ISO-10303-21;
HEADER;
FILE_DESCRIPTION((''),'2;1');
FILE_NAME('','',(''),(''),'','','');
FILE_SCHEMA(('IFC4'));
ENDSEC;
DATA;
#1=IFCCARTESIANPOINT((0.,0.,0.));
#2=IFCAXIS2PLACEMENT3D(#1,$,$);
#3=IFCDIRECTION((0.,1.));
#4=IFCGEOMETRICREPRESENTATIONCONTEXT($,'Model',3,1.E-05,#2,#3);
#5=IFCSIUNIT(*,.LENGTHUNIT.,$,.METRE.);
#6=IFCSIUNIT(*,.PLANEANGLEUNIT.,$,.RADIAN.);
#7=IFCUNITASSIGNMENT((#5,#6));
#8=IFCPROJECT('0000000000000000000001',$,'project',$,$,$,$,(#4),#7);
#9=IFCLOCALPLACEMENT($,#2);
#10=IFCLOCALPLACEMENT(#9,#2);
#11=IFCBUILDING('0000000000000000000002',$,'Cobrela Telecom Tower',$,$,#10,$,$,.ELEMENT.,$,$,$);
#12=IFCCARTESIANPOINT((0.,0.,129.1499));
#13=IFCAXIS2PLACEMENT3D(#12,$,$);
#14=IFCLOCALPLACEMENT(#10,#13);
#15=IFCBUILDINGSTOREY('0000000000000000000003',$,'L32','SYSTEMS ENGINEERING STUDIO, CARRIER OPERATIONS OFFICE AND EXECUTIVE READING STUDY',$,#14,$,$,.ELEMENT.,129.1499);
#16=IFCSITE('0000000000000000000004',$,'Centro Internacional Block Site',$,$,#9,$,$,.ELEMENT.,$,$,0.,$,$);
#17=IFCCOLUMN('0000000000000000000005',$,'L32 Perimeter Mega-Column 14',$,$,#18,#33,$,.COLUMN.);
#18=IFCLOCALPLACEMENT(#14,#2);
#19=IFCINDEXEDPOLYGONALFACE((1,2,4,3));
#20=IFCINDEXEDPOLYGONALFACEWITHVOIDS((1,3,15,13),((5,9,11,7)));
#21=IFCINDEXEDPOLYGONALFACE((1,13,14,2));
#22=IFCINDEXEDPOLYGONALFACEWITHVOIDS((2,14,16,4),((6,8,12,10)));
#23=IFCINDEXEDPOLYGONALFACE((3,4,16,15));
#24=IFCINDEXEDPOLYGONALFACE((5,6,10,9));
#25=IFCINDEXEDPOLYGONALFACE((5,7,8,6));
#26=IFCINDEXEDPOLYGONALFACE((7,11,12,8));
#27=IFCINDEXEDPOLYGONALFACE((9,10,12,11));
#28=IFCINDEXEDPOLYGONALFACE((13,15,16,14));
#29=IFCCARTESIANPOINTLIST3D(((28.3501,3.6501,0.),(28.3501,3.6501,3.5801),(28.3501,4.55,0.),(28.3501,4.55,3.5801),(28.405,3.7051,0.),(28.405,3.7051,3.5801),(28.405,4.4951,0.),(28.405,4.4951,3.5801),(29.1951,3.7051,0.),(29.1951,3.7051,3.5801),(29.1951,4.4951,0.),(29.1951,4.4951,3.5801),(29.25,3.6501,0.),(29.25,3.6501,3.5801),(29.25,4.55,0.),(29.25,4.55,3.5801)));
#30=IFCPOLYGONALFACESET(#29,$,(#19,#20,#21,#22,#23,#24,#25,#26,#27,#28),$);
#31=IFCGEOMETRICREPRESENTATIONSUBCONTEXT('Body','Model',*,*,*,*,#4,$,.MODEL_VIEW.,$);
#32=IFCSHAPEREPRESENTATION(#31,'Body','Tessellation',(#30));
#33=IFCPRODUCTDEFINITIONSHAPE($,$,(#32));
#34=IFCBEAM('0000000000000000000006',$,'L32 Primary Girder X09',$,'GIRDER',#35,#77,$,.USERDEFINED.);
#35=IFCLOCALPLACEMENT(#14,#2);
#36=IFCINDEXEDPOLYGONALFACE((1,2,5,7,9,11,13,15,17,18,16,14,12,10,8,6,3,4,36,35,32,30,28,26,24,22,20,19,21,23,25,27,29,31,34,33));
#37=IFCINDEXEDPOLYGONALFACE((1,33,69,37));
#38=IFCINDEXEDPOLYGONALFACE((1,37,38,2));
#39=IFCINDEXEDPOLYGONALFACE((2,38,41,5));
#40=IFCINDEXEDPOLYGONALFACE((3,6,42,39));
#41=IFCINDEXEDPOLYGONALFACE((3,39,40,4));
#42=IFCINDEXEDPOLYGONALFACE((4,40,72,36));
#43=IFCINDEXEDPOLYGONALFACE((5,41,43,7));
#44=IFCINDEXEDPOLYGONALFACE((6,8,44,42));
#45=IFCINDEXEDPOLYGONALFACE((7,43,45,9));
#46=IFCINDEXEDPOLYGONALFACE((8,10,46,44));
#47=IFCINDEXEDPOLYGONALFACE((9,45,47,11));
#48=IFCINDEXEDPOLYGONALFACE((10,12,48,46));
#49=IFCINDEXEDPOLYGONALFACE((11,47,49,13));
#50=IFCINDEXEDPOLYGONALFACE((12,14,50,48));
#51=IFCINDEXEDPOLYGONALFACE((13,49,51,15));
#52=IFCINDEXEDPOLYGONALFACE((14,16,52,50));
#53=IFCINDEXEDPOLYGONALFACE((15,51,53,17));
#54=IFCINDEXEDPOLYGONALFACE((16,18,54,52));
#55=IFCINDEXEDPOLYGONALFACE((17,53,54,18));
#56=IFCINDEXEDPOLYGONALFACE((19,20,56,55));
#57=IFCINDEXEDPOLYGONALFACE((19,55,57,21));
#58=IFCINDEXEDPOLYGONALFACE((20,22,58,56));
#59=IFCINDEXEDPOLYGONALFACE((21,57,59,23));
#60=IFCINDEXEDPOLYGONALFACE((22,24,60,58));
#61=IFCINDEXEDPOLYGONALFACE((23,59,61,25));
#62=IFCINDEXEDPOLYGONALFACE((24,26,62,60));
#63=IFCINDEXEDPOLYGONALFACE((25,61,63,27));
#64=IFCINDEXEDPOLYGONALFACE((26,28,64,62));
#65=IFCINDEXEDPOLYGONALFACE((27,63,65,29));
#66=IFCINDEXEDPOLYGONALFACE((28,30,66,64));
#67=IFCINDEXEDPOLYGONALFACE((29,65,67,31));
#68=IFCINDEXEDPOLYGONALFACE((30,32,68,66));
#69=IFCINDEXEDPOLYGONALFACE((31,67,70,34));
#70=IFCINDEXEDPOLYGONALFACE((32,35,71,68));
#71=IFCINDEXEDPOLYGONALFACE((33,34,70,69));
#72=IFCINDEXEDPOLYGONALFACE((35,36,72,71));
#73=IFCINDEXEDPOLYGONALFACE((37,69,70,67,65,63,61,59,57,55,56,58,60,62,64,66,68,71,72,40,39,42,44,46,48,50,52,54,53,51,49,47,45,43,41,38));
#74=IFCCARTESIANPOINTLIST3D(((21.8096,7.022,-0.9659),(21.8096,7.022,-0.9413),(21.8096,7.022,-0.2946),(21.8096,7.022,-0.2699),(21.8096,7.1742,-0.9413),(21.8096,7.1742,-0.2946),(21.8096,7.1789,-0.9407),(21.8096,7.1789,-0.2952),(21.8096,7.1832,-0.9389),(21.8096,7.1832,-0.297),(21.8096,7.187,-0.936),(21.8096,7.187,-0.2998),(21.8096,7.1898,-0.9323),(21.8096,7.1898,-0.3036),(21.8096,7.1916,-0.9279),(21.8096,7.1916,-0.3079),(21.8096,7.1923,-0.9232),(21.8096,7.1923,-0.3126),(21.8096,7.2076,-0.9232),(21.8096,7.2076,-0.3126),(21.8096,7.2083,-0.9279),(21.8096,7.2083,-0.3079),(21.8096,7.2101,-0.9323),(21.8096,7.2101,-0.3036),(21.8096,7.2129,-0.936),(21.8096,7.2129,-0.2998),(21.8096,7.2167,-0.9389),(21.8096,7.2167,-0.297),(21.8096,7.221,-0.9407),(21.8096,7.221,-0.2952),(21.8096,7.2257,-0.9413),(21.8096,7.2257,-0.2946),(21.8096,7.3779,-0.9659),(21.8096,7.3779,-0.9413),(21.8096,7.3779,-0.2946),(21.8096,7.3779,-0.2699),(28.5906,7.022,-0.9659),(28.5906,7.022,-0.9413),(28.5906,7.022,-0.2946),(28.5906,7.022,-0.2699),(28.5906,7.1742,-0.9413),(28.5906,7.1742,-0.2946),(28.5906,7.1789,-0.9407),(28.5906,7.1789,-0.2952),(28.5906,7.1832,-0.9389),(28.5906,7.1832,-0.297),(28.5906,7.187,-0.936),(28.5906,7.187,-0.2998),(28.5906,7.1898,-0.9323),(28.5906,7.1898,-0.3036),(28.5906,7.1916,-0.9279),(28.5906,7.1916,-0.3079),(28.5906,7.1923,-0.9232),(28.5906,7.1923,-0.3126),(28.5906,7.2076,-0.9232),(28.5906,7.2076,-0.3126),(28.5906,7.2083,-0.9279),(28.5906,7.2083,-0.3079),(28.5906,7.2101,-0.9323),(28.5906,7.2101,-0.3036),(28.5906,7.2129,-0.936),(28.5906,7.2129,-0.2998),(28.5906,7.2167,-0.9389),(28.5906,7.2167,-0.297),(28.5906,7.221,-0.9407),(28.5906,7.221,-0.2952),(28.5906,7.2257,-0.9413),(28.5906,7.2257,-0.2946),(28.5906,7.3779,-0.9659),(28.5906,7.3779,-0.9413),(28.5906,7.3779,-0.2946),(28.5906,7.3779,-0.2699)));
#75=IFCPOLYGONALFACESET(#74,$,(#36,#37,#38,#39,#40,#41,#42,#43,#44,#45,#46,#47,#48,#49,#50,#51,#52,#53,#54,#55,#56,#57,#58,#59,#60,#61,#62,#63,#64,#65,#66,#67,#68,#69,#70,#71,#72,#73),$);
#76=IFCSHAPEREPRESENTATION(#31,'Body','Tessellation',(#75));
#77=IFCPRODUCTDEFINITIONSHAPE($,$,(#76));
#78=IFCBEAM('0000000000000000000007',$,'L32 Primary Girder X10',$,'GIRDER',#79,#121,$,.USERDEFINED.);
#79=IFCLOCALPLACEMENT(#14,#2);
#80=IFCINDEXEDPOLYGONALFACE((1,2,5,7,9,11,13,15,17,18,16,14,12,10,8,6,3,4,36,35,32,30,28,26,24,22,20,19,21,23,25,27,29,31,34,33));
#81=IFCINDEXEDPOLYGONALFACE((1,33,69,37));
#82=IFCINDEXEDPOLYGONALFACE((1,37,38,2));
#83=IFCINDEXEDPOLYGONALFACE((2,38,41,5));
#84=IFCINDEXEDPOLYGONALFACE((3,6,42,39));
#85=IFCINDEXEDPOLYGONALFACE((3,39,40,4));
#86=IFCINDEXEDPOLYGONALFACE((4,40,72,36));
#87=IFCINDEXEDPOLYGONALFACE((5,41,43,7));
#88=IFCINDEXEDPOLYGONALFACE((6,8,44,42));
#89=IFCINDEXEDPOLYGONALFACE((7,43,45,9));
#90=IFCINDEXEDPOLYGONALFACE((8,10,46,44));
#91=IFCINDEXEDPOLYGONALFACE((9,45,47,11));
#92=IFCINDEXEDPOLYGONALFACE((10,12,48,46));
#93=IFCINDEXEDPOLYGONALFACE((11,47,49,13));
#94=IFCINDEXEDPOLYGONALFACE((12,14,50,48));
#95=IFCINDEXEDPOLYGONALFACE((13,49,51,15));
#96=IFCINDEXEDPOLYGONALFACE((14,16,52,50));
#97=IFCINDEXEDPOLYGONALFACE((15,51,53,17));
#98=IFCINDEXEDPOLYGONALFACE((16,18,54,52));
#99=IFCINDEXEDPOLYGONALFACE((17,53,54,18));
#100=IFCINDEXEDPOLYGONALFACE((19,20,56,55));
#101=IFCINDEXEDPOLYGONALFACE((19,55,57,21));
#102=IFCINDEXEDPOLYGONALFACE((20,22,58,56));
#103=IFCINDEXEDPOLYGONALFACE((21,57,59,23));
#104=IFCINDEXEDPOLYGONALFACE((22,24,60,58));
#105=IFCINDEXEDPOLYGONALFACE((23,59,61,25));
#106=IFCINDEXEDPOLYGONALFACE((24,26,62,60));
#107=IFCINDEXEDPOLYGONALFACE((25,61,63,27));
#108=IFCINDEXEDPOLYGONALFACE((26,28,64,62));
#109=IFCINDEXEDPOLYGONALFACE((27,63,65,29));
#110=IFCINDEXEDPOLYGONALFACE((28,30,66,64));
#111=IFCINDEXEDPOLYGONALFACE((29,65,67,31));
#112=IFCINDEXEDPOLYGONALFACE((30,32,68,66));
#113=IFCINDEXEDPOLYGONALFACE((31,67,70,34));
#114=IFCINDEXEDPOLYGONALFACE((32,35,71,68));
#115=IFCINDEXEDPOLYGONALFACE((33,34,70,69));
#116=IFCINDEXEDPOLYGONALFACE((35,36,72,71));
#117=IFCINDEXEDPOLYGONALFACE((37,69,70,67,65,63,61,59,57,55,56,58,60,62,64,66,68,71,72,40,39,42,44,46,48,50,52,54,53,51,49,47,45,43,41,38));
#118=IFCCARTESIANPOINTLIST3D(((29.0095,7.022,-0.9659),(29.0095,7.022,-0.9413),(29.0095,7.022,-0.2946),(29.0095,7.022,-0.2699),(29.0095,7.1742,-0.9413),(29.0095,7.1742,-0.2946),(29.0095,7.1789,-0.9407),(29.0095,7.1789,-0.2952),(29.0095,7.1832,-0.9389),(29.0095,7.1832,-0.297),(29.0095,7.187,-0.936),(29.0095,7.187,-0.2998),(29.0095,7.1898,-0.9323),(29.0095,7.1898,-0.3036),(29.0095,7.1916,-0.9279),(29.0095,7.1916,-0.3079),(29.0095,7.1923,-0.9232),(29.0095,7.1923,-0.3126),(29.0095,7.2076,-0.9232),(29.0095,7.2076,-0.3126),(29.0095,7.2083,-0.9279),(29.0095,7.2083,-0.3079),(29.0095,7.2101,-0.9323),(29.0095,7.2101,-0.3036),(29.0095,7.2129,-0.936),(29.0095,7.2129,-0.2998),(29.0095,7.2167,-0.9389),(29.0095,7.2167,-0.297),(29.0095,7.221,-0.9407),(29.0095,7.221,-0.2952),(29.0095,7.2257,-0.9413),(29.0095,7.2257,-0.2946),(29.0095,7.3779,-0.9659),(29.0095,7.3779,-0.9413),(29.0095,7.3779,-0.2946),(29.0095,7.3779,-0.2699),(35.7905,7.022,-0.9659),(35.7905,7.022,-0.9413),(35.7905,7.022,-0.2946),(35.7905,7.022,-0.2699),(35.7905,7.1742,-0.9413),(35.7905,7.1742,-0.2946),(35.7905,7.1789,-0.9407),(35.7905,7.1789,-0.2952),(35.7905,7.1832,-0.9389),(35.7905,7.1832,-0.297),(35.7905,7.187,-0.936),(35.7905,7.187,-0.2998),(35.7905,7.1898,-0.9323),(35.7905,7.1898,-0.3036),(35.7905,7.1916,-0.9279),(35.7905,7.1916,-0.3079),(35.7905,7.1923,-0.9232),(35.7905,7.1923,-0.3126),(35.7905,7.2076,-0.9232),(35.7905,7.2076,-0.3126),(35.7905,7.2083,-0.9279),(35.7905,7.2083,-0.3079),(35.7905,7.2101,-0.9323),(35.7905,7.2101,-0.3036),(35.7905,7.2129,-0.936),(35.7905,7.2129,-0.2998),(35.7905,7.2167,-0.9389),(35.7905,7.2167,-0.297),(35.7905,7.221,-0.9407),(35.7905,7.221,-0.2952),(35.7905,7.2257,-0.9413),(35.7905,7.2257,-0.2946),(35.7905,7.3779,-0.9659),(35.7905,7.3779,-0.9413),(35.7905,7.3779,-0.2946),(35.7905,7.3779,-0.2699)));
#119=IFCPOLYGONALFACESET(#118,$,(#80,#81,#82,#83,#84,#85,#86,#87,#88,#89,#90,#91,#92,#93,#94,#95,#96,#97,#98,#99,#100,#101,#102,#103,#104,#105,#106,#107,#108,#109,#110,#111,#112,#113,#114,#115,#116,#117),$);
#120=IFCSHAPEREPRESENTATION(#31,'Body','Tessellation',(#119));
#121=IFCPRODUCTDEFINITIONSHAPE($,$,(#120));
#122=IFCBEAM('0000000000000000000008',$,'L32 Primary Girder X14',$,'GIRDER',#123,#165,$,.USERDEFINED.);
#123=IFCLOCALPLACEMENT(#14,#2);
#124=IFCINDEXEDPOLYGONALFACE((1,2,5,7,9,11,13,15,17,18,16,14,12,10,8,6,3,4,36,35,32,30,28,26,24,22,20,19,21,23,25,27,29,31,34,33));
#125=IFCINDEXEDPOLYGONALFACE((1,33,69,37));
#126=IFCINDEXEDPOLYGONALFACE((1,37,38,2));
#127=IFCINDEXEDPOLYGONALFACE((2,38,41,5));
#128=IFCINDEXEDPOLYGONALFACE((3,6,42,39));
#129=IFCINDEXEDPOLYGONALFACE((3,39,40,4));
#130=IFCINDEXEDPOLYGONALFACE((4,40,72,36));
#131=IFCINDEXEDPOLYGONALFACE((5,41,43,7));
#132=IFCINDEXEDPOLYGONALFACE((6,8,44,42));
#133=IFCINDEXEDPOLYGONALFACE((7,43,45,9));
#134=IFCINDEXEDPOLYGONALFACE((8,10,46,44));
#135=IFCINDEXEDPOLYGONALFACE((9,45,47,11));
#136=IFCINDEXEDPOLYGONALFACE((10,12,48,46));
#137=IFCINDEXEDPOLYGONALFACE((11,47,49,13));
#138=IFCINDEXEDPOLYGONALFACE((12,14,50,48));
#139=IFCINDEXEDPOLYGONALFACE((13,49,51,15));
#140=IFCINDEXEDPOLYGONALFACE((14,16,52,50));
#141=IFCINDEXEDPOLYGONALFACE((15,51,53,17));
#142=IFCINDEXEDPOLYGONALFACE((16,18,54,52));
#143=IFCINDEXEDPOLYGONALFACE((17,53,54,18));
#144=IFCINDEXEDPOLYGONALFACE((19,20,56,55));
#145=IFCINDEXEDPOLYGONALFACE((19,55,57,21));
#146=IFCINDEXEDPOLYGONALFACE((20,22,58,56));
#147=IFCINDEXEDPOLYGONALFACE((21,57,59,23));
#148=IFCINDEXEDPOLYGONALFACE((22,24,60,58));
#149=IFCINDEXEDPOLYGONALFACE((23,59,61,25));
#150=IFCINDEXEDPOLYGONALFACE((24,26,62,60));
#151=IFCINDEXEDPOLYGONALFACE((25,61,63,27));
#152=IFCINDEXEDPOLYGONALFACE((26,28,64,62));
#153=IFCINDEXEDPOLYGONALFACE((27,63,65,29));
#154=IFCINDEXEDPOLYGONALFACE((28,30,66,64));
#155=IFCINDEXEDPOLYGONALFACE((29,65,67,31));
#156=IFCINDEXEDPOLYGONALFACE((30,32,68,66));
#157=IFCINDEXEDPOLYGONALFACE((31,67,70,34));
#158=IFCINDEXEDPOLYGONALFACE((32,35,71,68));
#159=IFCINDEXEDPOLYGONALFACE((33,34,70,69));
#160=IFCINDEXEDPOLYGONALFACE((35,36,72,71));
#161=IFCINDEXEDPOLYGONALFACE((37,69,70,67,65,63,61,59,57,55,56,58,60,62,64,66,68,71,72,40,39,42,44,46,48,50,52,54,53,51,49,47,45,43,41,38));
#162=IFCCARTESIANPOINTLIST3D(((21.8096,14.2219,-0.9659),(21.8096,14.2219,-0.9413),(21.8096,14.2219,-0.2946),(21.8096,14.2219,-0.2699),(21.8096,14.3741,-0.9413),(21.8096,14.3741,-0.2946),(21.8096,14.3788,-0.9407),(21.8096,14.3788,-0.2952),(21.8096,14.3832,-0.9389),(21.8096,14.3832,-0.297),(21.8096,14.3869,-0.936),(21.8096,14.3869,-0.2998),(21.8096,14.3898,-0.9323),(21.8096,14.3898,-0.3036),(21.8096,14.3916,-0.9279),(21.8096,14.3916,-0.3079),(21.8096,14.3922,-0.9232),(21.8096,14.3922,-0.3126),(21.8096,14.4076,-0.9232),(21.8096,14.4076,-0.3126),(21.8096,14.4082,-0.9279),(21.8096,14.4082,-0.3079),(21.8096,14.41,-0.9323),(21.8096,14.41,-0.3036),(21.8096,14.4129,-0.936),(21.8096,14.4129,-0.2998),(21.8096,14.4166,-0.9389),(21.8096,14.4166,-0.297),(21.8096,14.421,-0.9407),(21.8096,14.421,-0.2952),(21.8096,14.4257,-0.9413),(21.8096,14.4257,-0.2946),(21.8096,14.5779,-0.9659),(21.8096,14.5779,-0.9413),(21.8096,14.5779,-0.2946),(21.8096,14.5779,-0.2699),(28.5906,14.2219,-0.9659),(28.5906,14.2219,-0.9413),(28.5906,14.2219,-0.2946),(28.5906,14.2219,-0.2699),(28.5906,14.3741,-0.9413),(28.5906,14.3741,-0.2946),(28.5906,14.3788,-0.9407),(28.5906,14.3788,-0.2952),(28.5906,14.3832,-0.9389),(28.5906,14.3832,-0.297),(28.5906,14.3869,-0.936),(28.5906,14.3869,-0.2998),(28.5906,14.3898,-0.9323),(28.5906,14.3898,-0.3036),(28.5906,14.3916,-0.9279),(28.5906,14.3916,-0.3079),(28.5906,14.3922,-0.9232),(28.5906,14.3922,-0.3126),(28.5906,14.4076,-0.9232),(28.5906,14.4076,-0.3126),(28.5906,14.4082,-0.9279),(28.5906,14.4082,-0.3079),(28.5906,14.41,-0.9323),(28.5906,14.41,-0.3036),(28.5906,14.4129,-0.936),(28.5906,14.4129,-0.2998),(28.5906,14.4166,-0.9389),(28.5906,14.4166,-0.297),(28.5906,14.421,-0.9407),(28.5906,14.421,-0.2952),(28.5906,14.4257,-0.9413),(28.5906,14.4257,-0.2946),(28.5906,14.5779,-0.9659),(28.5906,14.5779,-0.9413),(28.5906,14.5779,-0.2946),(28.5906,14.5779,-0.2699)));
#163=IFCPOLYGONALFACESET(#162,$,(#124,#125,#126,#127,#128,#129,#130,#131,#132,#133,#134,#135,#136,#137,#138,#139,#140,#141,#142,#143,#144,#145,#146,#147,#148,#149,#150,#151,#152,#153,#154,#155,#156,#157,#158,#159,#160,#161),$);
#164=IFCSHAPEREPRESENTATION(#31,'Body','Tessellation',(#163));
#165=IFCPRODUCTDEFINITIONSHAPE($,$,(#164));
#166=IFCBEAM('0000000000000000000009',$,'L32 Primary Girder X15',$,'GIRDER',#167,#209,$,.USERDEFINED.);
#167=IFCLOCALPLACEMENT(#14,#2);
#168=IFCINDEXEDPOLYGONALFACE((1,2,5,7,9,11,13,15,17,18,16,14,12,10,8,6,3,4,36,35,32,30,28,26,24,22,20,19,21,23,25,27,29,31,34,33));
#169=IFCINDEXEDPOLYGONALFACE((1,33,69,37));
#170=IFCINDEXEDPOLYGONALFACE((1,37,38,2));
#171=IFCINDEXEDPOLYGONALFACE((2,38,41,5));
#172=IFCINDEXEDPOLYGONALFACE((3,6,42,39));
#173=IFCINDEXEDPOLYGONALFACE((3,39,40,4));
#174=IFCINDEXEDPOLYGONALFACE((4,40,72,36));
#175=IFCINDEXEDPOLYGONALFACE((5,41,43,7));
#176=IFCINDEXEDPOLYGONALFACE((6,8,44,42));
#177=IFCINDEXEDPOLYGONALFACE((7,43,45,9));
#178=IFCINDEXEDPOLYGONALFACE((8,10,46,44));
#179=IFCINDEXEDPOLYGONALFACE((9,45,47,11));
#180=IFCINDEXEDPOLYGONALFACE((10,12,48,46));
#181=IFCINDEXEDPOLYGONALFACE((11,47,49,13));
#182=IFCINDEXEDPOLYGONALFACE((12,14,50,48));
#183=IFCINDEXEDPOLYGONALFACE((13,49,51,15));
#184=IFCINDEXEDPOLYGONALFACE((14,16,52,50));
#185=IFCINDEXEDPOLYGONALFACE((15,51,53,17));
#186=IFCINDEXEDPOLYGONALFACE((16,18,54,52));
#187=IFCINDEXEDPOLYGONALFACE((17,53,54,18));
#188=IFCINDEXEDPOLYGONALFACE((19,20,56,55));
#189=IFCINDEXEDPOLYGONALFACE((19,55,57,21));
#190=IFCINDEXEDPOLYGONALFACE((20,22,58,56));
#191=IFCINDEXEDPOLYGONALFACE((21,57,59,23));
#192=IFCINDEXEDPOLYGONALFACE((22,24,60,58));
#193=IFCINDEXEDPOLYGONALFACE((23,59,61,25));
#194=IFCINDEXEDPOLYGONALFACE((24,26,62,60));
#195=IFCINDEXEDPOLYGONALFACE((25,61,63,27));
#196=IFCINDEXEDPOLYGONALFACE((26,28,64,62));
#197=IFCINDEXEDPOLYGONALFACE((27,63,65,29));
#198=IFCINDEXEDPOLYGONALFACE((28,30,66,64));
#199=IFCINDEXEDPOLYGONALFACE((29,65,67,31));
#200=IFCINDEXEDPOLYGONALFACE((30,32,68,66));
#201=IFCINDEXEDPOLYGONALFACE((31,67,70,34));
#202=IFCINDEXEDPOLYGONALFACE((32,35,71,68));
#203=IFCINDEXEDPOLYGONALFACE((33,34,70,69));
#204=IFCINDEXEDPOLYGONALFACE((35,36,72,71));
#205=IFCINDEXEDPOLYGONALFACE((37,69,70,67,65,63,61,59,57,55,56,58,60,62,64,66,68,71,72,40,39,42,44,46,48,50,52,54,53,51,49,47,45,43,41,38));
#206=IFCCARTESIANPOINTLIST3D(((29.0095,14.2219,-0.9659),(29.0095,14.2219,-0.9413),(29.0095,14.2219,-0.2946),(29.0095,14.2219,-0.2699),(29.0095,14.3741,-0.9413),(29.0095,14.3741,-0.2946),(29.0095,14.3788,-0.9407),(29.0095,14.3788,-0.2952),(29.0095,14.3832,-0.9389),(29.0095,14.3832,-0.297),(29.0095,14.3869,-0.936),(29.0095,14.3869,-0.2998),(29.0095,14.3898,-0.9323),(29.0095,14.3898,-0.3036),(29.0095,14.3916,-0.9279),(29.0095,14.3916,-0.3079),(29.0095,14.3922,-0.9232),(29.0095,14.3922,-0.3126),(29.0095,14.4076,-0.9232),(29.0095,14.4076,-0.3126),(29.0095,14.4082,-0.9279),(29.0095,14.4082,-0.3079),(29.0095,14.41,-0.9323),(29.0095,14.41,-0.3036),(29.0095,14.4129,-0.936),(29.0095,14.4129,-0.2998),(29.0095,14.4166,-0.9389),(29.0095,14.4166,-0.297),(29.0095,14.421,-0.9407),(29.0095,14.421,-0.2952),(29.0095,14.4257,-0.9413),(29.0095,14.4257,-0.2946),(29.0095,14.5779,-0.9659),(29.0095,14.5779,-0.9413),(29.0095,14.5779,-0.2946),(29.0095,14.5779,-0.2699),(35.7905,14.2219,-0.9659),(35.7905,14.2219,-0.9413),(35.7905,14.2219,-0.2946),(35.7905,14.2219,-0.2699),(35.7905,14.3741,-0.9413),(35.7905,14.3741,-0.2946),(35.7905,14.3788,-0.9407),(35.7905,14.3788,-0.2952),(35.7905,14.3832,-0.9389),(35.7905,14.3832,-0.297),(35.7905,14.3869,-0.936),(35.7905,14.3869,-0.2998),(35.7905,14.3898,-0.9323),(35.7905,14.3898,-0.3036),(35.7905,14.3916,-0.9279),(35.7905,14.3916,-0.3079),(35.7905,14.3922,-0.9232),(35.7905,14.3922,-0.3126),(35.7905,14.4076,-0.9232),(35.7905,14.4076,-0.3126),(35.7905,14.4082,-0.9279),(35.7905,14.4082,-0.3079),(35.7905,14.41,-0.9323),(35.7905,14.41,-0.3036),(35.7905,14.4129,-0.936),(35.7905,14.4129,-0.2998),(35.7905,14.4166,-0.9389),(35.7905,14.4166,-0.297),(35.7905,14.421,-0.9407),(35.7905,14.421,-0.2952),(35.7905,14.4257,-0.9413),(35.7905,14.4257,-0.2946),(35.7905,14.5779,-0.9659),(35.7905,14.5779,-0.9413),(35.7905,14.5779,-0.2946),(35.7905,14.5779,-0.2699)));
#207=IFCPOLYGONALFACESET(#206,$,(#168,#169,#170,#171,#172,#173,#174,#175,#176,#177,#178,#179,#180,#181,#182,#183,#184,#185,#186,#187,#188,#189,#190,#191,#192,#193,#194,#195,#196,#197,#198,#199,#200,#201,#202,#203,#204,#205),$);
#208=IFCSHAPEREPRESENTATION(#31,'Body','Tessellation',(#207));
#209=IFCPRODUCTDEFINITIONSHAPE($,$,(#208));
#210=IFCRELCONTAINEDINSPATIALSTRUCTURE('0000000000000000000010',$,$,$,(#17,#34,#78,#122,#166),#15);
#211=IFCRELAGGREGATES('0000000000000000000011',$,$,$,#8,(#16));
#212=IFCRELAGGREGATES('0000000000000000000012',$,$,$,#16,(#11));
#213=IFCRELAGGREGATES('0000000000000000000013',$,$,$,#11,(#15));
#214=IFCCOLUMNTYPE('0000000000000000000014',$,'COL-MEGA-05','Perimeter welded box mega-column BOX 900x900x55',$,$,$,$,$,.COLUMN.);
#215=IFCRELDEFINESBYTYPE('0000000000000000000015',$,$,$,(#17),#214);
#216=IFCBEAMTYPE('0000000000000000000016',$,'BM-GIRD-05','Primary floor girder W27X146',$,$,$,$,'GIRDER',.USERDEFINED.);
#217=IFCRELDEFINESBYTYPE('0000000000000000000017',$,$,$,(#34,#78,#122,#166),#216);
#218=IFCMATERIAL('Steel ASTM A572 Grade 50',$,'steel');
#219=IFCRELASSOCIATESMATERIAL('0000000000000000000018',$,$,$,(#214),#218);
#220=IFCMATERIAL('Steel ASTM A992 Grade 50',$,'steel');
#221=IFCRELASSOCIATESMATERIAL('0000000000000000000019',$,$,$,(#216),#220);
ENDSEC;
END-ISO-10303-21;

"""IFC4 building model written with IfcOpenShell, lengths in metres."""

from ifc_helpers import new_model, si_unit, direction, frame, origin, origin_2d, place, context, subcontext, project, spatial, hollow_rectangle, i_section, extrude, material, material_profile, profile_set, type_object, element, save


model = new_model("IFC4")

# Units and contexts
model_context = context("Model", 3, precision=1e-05, world=origin(), true_north=direction((0.0, 1.0)))
body_context = subcontext(model_context, "Body", "Model", "MODEL_VIEW")
ifc_project = project(units=[si_unit("LENGTHUNIT", "METRE"), si_unit("PLANEANGLEUNIT", "RADIAN")], contexts=[model_context])

# Site, building, storey
site_placement = place(None, origin())
site = spatial("IfcSite", under=ifc_project, at=site_placement, Name="Centro Internacional Block Site", CompositionType="ELEMENT", RefElevation=0.0)
building_placement = place(site_placement, origin())
building = spatial("IfcBuilding", under=site, at=building_placement, Name="Cobrela Telecom Tower", CompositionType="ELEMENT")
storey_placement = place(building_placement, frame((0.0, 0.0, 129.1499)))
storey = spatial("IfcBuildingStorey", under=building, at=storey_placement, Name="L32", Description="SYSTEMS ENGINEERING STUDIO, CARRIER OPERATIONS OFFICE AND EXECUTIVE READING STUDY", CompositionType="ELEMENT", Elevation=129.1499)

# Column
ifc_material_1 = material(Name="Steel ASTM A992 Grade 50", Category="steel")
ifc_material_2 = material(Name="Steel ASTM A572 Grade 50", Category="steel")
ifc_material_profile_1 = material_profile(ifc_material_2, hollow_rectangle(XDim=0.8999, YDim=0.8999, WallThickness=0.0549, at=origin_2d()), Name="BOX 900x900x55")
ifc_profile_set_1 = profile_set([ifc_material_profile_1], Name="Steel ASTM A572 Grade 50")
column_type_1 = type_object("IfcColumnType", Name="COL-MEGA-05", Description="Perimeter welded box mega-column BOX 900x900x55", PredefinedType="COLUMN", material=ifc_profile_set_1)
for number, where, z_axis, x_axis, name in (
    (1, (28.8, 4.1001, 0.0), (0.0, 0.0, 1.0), (1.0, 0.0, 0.0), "L32 Perimeter Mega-Column 14"),
):
    element("IfcColumn", number, at=place(storey_placement, frame(where, z_axis=z_axis, x_axis=x_axis)), inside=storey, type_object=column_type_1, Name=name, PredefinedType="COLUMN", context=body_context, shape_type="SweptSolid", body=[
        extrude(hollow_rectangle(XDim=0.8999, YDim=0.8999, WallThickness=0.0549, at=origin_2d()), origin(), (0.0, 0.0, 1.0), 3.5801),
    ])

# Beams
ifc_material_profile_2 = material_profile(ifc_material_1, i_section(OverallWidth=0.356, OverallDepth=0.696, WebThickness=0.0154, FlangeThickness=0.0247, FilletRadius=0.0181, at=origin_2d()), Name="W27X146")
ifc_profile_set_2 = profile_set([ifc_material_profile_2], Name="Steel ASTM A992 Grade 50")
beam_type_1 = type_object("IfcBeamType", Name="BM-GIRD-05", Description="Primary floor girder W27X146", ElementType="GIRDER", PredefinedType="USERDEFINED", material=ifc_profile_set_2)
for number, where, z_axis, x_axis, name in (
    (2, (21.8096, 7.2, -0.6179), (1.0, 0.0, 0.0), (0.0, 1.0, 0.0), "L32 Primary Girder X09"),
    (3, (29.0095, 7.2, -0.6179), (1.0, 0.0, 0.0), (0.0, 1.0, 0.0), "L32 Primary Girder X10"),
    (4, (21.8096, 14.3999, -0.6179), (1.0, 0.0, 0.0), (0.0, 1.0, 0.0), "L32 Primary Girder X14"),
    (5, (29.0095, 14.3999, -0.6179), (1.0, 0.0, 0.0), (0.0, 1.0, 0.0), "L32 Primary Girder X15"),
):
    element("IfcBeam", number, at=place(storey_placement, frame(where, z_axis=z_axis, x_axis=x_axis)), inside=storey, type_object=beam_type_1, Name=name, ObjectType="GIRDER", PredefinedType="USERDEFINED", context=body_context, shape_type="SweptSolid", body=[
        extrude(i_section(OverallWidth=0.356, OverallDepth=0.696, WebThickness=0.0154, FlangeThickness=0.0247, FilletRadius=0.0181, at=origin_2d()), origin(), (0.0, 0.0, 1.0), 6.781),
    ])

save(model, "model.ifc")
